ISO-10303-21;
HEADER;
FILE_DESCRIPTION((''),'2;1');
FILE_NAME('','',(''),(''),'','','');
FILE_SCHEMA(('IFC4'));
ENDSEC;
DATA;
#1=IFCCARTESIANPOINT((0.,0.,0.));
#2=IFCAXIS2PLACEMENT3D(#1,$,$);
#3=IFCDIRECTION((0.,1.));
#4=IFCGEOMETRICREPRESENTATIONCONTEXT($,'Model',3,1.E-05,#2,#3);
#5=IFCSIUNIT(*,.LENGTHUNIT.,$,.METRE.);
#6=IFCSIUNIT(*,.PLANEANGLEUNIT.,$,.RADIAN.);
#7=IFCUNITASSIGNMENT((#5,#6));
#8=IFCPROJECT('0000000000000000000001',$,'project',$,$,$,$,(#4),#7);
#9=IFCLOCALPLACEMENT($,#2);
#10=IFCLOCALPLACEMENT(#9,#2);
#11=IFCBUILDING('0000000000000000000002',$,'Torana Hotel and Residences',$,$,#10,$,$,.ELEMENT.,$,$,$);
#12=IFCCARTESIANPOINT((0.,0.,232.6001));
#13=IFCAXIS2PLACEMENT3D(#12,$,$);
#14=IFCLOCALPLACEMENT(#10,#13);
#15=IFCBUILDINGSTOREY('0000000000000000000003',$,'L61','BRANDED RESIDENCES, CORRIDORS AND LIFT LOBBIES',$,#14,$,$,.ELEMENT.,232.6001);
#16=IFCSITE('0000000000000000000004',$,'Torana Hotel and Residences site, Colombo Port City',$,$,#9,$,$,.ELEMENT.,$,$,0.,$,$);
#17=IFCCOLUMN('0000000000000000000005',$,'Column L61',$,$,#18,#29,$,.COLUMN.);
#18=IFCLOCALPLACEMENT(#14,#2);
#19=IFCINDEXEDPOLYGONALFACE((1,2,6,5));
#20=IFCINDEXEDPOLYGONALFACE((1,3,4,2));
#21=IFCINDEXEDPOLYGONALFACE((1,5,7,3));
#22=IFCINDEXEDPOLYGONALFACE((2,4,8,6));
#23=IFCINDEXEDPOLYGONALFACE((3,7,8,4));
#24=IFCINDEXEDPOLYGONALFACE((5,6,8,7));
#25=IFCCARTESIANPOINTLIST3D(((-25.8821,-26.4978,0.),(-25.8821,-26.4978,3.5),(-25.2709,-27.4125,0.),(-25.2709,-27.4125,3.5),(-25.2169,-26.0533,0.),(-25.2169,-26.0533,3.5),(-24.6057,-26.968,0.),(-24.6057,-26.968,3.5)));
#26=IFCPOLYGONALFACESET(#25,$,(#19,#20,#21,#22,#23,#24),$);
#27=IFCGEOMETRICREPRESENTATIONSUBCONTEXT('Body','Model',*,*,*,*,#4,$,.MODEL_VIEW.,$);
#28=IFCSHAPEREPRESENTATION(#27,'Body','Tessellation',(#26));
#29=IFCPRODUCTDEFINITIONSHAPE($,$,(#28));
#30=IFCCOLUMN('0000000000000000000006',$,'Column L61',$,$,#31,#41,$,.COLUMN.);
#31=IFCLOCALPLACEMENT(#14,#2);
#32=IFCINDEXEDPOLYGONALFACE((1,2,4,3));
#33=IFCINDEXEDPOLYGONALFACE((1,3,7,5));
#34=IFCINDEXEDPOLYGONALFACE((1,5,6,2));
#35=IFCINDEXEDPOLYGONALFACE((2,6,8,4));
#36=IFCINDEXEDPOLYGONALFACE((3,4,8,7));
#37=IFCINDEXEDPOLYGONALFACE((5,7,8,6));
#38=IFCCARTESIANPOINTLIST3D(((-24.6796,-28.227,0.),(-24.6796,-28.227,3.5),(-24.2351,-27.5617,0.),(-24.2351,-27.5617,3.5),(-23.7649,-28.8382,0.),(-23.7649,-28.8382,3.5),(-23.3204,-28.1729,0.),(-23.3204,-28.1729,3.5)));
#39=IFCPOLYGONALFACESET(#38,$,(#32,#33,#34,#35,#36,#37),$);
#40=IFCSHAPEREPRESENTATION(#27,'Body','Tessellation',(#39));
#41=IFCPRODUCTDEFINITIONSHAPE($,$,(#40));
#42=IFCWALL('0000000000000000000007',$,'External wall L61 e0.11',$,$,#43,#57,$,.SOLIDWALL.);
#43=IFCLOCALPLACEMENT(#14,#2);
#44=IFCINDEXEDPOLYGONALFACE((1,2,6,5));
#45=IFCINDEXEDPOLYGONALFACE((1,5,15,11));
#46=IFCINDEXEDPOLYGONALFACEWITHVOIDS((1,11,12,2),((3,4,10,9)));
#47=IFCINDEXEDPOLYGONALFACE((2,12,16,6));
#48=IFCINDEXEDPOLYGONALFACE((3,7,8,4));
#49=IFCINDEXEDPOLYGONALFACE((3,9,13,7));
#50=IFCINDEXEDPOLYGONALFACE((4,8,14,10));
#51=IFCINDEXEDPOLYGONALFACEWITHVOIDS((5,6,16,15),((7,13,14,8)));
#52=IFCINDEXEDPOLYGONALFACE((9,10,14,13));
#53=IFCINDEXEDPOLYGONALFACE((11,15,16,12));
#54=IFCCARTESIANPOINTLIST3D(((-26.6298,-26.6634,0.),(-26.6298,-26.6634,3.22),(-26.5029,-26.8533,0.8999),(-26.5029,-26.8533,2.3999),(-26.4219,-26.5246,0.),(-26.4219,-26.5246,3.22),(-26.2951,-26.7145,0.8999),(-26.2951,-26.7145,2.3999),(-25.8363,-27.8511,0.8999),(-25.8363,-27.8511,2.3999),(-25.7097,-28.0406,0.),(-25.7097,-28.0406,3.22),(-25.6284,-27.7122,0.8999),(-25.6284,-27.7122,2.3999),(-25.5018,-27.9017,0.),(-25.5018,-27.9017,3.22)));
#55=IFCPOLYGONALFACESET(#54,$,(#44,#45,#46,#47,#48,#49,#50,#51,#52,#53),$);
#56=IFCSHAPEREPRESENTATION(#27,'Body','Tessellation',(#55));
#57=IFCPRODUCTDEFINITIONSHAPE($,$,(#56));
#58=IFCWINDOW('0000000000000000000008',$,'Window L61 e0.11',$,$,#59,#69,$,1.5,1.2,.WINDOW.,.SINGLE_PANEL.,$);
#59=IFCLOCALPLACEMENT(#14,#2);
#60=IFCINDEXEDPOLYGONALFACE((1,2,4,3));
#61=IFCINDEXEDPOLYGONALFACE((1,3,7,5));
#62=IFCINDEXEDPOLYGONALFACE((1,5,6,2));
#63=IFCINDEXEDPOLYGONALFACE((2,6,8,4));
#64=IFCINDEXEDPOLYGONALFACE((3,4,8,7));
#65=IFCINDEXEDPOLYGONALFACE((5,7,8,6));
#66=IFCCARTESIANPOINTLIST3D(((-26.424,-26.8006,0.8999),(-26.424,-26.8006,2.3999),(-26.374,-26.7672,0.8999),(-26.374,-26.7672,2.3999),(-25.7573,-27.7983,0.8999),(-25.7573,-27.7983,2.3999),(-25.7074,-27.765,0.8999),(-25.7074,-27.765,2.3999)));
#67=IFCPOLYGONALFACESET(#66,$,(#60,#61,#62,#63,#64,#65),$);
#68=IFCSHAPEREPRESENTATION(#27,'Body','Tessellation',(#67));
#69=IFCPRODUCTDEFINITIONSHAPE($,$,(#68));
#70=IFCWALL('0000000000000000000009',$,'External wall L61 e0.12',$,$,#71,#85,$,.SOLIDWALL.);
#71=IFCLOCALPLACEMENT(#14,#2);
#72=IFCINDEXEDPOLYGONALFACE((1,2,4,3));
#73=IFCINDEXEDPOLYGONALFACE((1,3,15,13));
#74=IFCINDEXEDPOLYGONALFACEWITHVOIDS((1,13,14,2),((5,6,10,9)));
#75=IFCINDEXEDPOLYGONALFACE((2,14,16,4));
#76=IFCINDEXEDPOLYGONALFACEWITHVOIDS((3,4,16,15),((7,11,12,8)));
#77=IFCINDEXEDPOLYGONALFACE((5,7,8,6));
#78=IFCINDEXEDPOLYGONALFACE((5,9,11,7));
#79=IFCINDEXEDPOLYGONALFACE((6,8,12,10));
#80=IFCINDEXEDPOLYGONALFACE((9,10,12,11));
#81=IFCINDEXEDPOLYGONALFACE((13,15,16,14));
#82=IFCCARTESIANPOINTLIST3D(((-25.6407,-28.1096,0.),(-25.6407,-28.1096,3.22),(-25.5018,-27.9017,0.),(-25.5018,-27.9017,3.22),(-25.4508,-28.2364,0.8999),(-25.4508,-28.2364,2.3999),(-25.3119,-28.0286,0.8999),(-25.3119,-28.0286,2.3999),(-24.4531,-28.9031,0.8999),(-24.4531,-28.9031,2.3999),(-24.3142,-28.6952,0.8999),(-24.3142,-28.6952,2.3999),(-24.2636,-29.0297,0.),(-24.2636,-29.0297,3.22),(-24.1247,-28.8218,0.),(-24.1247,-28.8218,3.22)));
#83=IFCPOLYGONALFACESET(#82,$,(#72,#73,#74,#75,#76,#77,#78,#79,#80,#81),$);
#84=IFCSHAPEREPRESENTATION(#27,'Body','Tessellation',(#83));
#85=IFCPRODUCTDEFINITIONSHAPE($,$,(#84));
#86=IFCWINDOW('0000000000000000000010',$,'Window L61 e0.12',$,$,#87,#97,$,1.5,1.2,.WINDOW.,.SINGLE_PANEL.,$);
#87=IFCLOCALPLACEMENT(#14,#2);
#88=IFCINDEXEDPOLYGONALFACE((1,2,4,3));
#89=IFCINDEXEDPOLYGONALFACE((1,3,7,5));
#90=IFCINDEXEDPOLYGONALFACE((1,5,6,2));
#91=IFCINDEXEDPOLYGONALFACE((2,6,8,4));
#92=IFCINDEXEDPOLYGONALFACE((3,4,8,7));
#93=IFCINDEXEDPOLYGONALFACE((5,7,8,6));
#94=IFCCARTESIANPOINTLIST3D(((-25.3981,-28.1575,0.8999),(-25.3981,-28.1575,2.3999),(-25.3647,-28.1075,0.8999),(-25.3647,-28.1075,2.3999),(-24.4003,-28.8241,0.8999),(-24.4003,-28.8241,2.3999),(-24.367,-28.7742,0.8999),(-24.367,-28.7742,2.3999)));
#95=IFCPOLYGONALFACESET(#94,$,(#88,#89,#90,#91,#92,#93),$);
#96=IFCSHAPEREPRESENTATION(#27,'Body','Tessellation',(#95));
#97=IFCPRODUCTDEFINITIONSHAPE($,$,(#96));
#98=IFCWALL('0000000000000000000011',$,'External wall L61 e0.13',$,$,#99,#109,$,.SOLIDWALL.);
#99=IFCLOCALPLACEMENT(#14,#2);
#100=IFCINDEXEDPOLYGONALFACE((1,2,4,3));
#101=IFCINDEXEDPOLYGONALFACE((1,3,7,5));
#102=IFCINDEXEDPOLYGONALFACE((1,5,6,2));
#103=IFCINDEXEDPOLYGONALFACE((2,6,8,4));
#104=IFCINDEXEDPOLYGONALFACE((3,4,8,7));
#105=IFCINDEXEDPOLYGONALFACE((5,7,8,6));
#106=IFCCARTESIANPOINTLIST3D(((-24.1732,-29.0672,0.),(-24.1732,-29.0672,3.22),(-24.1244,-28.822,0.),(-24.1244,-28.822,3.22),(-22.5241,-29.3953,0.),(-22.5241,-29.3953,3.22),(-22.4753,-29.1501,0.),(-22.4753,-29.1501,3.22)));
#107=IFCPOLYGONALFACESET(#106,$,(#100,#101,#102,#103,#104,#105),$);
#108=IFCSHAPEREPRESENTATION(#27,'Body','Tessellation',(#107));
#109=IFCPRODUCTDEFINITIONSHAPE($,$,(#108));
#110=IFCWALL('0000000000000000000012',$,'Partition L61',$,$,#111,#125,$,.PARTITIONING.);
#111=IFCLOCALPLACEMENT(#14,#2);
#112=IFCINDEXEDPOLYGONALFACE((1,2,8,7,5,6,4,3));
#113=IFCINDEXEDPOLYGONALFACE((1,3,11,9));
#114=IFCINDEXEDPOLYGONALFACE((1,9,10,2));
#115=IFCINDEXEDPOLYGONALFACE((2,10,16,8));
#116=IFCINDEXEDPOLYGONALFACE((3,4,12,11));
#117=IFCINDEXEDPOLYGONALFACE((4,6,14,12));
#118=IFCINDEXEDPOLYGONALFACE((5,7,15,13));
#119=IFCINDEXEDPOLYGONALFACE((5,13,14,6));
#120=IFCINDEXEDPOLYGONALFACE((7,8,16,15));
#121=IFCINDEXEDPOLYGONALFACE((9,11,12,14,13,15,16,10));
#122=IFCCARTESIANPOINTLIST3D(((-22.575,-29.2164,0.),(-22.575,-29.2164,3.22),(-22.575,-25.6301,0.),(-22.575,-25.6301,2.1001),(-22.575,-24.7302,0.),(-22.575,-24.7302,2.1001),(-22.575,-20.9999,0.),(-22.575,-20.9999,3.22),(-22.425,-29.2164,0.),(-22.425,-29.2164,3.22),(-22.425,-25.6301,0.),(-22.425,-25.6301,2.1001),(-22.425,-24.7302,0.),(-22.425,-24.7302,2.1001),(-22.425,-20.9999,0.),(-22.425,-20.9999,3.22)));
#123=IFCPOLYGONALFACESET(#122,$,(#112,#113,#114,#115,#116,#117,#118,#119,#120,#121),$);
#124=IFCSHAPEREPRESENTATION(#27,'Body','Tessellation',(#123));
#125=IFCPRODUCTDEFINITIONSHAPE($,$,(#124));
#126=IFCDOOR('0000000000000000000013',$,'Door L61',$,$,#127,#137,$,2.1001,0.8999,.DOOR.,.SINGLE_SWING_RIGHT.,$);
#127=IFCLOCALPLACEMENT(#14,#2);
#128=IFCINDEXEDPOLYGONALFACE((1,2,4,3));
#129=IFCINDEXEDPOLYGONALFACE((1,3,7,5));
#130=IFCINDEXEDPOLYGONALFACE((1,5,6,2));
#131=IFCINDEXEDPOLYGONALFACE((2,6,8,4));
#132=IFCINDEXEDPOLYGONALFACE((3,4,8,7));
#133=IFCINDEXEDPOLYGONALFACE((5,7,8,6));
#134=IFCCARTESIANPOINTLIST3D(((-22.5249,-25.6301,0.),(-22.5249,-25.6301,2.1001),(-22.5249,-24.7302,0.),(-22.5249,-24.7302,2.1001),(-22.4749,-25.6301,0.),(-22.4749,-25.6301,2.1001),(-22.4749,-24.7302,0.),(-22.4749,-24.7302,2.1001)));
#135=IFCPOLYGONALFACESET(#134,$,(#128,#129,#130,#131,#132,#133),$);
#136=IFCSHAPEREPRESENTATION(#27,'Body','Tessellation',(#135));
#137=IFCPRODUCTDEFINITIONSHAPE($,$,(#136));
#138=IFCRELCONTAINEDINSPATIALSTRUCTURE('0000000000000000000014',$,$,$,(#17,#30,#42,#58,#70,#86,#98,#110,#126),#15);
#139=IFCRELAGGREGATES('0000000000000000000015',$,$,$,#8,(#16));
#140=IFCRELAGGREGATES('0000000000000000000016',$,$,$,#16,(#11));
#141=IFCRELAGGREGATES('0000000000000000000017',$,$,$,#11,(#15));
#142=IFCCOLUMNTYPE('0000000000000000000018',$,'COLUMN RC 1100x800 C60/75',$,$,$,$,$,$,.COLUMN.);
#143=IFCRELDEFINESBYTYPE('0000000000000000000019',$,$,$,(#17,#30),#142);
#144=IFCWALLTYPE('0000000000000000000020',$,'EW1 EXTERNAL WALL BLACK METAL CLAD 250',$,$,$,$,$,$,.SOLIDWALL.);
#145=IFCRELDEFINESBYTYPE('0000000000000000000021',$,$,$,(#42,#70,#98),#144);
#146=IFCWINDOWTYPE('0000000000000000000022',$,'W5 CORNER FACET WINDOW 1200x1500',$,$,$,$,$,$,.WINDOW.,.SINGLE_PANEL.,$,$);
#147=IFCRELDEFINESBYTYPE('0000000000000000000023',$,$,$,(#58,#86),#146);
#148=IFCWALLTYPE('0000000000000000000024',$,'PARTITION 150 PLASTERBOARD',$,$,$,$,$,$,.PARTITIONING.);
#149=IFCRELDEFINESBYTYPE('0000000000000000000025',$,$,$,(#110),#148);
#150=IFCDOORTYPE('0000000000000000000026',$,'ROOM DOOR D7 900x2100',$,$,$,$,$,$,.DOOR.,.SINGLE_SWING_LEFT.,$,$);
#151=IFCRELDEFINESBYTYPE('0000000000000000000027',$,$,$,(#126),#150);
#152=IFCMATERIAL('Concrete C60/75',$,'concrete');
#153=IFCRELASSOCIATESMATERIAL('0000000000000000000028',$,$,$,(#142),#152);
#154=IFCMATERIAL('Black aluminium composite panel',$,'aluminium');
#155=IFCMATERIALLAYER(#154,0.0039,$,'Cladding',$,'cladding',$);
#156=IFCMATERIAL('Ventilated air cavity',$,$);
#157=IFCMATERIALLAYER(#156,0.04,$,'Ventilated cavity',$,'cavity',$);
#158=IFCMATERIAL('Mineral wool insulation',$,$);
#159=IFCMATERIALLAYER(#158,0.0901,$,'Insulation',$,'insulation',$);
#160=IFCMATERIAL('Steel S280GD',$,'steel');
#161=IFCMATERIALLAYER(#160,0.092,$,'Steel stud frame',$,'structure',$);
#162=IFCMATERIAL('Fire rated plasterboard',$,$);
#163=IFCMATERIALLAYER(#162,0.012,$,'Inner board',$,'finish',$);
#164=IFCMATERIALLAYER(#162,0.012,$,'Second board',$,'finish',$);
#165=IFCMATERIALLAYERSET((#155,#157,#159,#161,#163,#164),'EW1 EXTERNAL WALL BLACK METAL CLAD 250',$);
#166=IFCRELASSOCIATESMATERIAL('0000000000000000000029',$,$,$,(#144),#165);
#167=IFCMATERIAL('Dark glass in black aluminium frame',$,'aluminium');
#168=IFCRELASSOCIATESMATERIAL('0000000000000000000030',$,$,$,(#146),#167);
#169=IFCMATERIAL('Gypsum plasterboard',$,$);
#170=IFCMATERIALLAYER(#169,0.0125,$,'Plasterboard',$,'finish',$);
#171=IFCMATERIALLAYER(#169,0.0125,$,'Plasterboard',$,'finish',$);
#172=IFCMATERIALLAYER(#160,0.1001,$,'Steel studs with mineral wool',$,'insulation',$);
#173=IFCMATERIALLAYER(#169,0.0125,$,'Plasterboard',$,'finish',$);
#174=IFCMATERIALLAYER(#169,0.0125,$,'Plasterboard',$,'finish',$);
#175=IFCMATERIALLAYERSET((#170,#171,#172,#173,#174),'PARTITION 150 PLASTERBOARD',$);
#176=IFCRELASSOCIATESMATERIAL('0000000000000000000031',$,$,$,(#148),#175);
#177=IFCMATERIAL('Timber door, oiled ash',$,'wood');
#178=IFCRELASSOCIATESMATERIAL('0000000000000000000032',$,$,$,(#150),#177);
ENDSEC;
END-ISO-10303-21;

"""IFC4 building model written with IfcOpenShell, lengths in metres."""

from ifc_helpers import new_model, si_unit, direction, frame, frame_2d, origin, origin_2d, place, context, subcontext, project, spatial, rectangle, extrude, material, layer, layer_set, material_profile, profile_set, type_object, element, fill, save


model = new_model("IFC4")

# Units and contexts
model_context = context("Model", 3, precision=1e-05, world=origin(), true_north=direction((0.0, 1.0)))
body_context = subcontext(model_context, "Body", "Model", "MODEL_VIEW")
ifc_project = project(units=[si_unit("LENGTHUNIT", "METRE"), si_unit("PLANEANGLEUNIT", "RADIAN")], contexts=[model_context])

# Site, building, storey
site_placement = place(None, origin())
site = spatial("IfcSite", under=ifc_project, at=site_placement, Name="Torana Hotel and Residences site, Colombo Port City", CompositionType="ELEMENT", RefElevation=0.0)
building_placement = place(site_placement, origin())
building = spatial("IfcBuilding", under=site, at=building_placement, Name="Torana Hotel and Residences", CompositionType="ELEMENT")
storey_placement = place(building_placement, frame((0.0, 0.0, 232.6001)))
storey = spatial("IfcBuildingStorey", under=building, at=storey_placement, Name="L61", Description="BRANDED RESIDENCES, CORRIDORS AND LIFT LOBBIES", CompositionType="ELEMENT", Elevation=232.6001)

# Columns
ifc_material_1 = material(Name="Concrete C60/75", Category="concrete")
ifc_material_profile = material_profile(ifc_material_1, rectangle(XDim=1.1001, YDim=0.8, at=origin_2d()), Name="RC 1100x800")
ifc_profile_set = profile_set([ifc_material_profile], Name="Concrete C60/75")
column_type = type_object("IfcColumnType", Name="COLUMN RC 1100x800 C60/75", PredefinedType="COLUMN", material=ifc_profile_set)
for number, where, z_axis, x_axis, name in (
    (1, (-25.2439, -26.7329, 0.0), (0.0, 0.0, 1.0), (-0.555585, 0.83146, 0.0), "Column L61"),
    (2, (-24.0, -28.2, 0.0), (0.0, 0.0, 1.0), (-0.83146, 0.555585, 0.0), "Column L61"),
):
    element("IfcColumn", number, at=place(storey_placement, frame(where, z_axis=z_axis, x_axis=x_axis)), inside=storey, type_object=column_type, Name=name, PredefinedType="COLUMN", context=body_context, shape_type="SweptSolid", body=[
        extrude(rectangle(XDim=1.1001, YDim=0.8, at=origin_2d()), origin(), (0.0, 0.0, 1.0), 3.5),
    ])

# Walls, openings, windows
ifc_material_2 = material(Name="Black aluminium composite panel", Category="aluminium")
ifc_layer_1 = layer(ifc_material_2, 0.0039, Name="Cladding", Category="cladding")
ifc_material_3 = material(Name="Ventilated air cavity")
ifc_layer_2 = layer(ifc_material_3, 0.04, Name="Ventilated cavity", Category="cavity")
ifc_material_4 = material(Name="Mineral wool insulation")
ifc_layer_3 = layer(ifc_material_4, 0.0901, Name="Insulation", Category="insulation")
ifc_material_5 = material(Name="Steel S280GD", Category="steel")
ifc_layer_4 = layer(ifc_material_5, 0.092, Name="Steel stud frame", Category="structure")
ifc_material_6 = material(Name="Fire rated plasterboard")
ifc_layer_5 = layer(ifc_material_6, 0.012, Name="Inner board", Category="finish")
ifc_layer_6 = layer(ifc_material_6, 0.012, Name="Second board", Category="finish")
ifc_layer_set_1 = layer_set([ifc_layer_1, ifc_layer_2, ifc_layer_3, ifc_layer_4, ifc_layer_5, ifc_layer_6], Name="EW1 EXTERNAL WALL BLACK METAL CLAD 250")
wall_type_1 = type_object("IfcWallType", Name="EW1 EXTERNAL WALL BLACK METAL CLAD 250", PredefinedType="SOLIDWALL", material=ifc_layer_set_1)
wall_1_placement = place(storey_placement, frame((-26.5259, -26.594, 0.0), z_axis=(0.0, 0.0, 1.0), x_axis=(0.55555, -0.831483, 0.0)))
wall_1 = element("IfcWall", 3, at=wall_1_placement, inside=storey, type_object=wall_type_1, Name="External wall L61 e0.11", PredefinedType="SOLIDWALL", context=body_context, shape_type="SweptSolid", body=[
    extrude(rectangle(XDim=1.6562, YDim=0.25, at=frame_2d((0.8281, 0.0))), origin(), (0.0, 0.0, 1.0), 3.22),
])
opening_1_placement = place(wall_1_placement, frame((0.2283, 0.0, 0.8999)))
opening_1 = element("IfcOpeningElement", 4, at=opening_1_placement, cuts=wall_1, PredefinedType="OPENING", context=body_context, shape_type="SweptSolid", body=[
    extrude(rectangle(XDim=1.2, YDim=1.5, at=frame_2d((0.6001, 0.75))), frame((0.0, 0.135, 0.0), z_axis=(0.0, -1.0, 0.0), x_axis=(1.0, 0.0, 0.0)), (0.0, 0.0, 1.0), 0.27),
])
ifc_material_7 = material(Name="Dark glass in black aluminium frame", Category="aluminium")
window_type_1 = type_object("IfcWindowType", Name="W5 CORNER FACET WINDOW 1200x1500", PartitioningType="SINGLE_PANEL", PredefinedType="WINDOW", material=ifc_material_7)
window_1_placement = place(opening_1_placement, origin())
window_1 = element("IfcWindow", 5, at=window_1_placement, inside=storey, type_object=window_type_1, Name="Window L61 e0.11", OverallHeight=1.5, OverallWidth=1.2, PartitioningType="SINGLE_PANEL", PredefinedType="WINDOW", context=body_context, shape_type="SweptSolid", body=[
    extrude(rectangle(XDim=1.2, YDim=1.5, at=frame_2d((0.6001, 0.75))), frame((0.0, 0.03, 0.0), z_axis=(0.0, -1.0, 0.0), x_axis=(1.0, 0.0, 0.0)), (0.0, 0.0, 1.0), 0.0601),
])
fill(opening_1, window_1)
wall_2_placement = place(storey_placement, frame((-25.5713, -28.0056, 0.0), z_axis=(0.0, 0.0, 1.0), x_axis=(0.831483, -0.55555, 0.0)))
wall_2 = element("IfcWall", 6, at=wall_2_placement, inside=storey, type_object=wall_type_1, Name="External wall L61 e0.12", PredefinedType="SOLIDWALL", context=body_context, shape_type="SweptSolid", body=[
    extrude(rectangle(XDim=1.6562, YDim=0.25, at=frame_2d((0.8281, 0.0))), origin(), (0.0, 0.0, 1.0), 3.22),
])
opening_2_placement = place(wall_2_placement, frame((0.2283, 0.0, 0.8999)))
opening_2 = element("IfcOpeningElement", 7, at=opening_2_placement, cuts=wall_2, PredefinedType="OPENING", context=body_context, shape_type="SweptSolid", body=[
    extrude(rectangle(XDim=1.2, YDim=1.5, at=frame_2d((0.6001, 0.75))), frame((0.0, 0.135, 0.0), z_axis=(0.0, -1.0, 0.0), x_axis=(1.0, 0.0, 0.0)), (0.0, 0.0, 1.0), 0.27),
])
window_2_placement = place(opening_2_placement, origin())
window_2 = element("IfcWindow", 8, at=window_2_placement, inside=storey, type_object=window_type_1, Name="Window L61 e0.12", OverallHeight=1.5, OverallWidth=1.2, PartitioningType="SINGLE_PANEL", PredefinedType="WINDOW", context=body_context, shape_type="SweptSolid", body=[
    extrude(rectangle(XDim=1.2, YDim=1.5, at=frame_2d((0.6001, 0.75))), frame((0.0, 0.03, 0.0), z_axis=(0.0, -1.0, 0.0), x_axis=(1.0, 0.0, 0.0)), (0.0, 0.0, 1.0), 0.0601),
])
fill(opening_2, window_2)

# Wall
wall_3_placement = place(storey_placement, frame((-24.1489, -28.9446, 0.0), z_axis=(0.0, 0.0, 1.0), x_axis=(0.980776, -0.195139, 0.0)))
element("IfcWall", 9, at=wall_3_placement, inside=storey, type_object=wall_type_1, Name="External wall L61 e0.13", PredefinedType="SOLIDWALL", context=body_context, shape_type="SweptSolid", body=[
    extrude(rectangle(XDim=1.6814, YDim=0.25, at=frame_2d((0.8408, 0.0))), origin(), (0.0, 0.0, 1.0), 3.22),
])

# Wall, opening, door
ifc_material_8 = material(Name="Gypsum plasterboard")
ifc_layer_7 = layer(ifc_material_8, 0.0125, Name="Plasterboard", Category="finish")
ifc_layer_8 = layer(ifc_material_8, 0.0125, Name="Plasterboard", Category="finish")
ifc_layer_9 = layer(ifc_material_5, 0.1001, Name="Steel studs with mineral wool", Category="insulation")
ifc_layer_10 = layer(ifc_material_8, 0.0125, Name="Plasterboard", Category="finish")
ifc_layer_11 = layer(ifc_material_8, 0.0125, Name="Plasterboard", Category="finish")
ifc_layer_set_2 = layer_set([ifc_layer_7, ifc_layer_8, ifc_layer_9, ifc_layer_10, ifc_layer_11], Name="PARTITION 150 PLASTERBOARD")
wall_type_2 = type_object("IfcWallType", Name="PARTITION 150 PLASTERBOARD", PredefinedType="PARTITIONING", material=ifc_layer_set_2)
wall_4_placement = place(storey_placement, frame((-22.5, -29.2166, 0.0), z_axis=(0.0, 0.0, 1.0), x_axis=(0.0, 1.0, 0.0)))
wall_4 = element("IfcWall", 10, at=wall_4_placement, inside=storey, type_object=wall_type_2, Name="Partition L61", PredefinedType="PARTITIONING", context=body_context, shape_type="SweptSolid", body=[
    extrude(rectangle(XDim=8.2166, YDim=0.1499, at=frame_2d((4.1084, 0.0))), origin(), (0.0, 0.0, 1.0), 3.22),
])
opening_3_placement = place(wall_4_placement, frame((3.5864, 0.0, 0.0)))
opening_3 = element("IfcOpeningElement", 11, at=opening_3_placement, cuts=wall_4, PredefinedType="OPENING", context=body_context, shape_type="SweptSolid", body=[
    extrude(rectangle(XDim=0.8999, YDim=2.1001, at=frame_2d((0.45, 1.05))), frame((0.0, 0.085, 0.0), z_axis=(0.0, -1.0, 0.0), x_axis=(1.0, 0.0, 0.0)), (0.0, 0.0, 1.0), 0.1699),
])
ifc_material_9 = material(Name="Timber door, oiled ash", Category="wood")
door_type_1 = type_object("IfcDoorType", Name="ROOM DOOR D7 900x2100", OperationType="SINGLE_SWING_LEFT", PredefinedType="DOOR", material=ifc_material_9)
door_1_placement = place(opening_3_placement, origin())
door_1 = element("IfcDoor", 12, at=door_1_placement, inside=storey, type_object=door_type_1, Name="Door L61", OperationType="SINGLE_SWING_RIGHT", OverallHeight=2.1001, OverallWidth=0.8999, PredefinedType="DOOR", context=body_context, shape_type="SweptSolid", body=[
    extrude(rectangle(XDim=0.8999, YDim=2.1001, at=frame_2d((0.45, 1.05))), frame((0.0, 0.0249, 0.0), z_axis=(0.0, -1.0, 0.0), x_axis=(1.0, 0.0, 0.0)), (0.0, 0.0, 1.0), 0.05),
])
fill(opening_3, door_1)

save(model, "model.ifc")
